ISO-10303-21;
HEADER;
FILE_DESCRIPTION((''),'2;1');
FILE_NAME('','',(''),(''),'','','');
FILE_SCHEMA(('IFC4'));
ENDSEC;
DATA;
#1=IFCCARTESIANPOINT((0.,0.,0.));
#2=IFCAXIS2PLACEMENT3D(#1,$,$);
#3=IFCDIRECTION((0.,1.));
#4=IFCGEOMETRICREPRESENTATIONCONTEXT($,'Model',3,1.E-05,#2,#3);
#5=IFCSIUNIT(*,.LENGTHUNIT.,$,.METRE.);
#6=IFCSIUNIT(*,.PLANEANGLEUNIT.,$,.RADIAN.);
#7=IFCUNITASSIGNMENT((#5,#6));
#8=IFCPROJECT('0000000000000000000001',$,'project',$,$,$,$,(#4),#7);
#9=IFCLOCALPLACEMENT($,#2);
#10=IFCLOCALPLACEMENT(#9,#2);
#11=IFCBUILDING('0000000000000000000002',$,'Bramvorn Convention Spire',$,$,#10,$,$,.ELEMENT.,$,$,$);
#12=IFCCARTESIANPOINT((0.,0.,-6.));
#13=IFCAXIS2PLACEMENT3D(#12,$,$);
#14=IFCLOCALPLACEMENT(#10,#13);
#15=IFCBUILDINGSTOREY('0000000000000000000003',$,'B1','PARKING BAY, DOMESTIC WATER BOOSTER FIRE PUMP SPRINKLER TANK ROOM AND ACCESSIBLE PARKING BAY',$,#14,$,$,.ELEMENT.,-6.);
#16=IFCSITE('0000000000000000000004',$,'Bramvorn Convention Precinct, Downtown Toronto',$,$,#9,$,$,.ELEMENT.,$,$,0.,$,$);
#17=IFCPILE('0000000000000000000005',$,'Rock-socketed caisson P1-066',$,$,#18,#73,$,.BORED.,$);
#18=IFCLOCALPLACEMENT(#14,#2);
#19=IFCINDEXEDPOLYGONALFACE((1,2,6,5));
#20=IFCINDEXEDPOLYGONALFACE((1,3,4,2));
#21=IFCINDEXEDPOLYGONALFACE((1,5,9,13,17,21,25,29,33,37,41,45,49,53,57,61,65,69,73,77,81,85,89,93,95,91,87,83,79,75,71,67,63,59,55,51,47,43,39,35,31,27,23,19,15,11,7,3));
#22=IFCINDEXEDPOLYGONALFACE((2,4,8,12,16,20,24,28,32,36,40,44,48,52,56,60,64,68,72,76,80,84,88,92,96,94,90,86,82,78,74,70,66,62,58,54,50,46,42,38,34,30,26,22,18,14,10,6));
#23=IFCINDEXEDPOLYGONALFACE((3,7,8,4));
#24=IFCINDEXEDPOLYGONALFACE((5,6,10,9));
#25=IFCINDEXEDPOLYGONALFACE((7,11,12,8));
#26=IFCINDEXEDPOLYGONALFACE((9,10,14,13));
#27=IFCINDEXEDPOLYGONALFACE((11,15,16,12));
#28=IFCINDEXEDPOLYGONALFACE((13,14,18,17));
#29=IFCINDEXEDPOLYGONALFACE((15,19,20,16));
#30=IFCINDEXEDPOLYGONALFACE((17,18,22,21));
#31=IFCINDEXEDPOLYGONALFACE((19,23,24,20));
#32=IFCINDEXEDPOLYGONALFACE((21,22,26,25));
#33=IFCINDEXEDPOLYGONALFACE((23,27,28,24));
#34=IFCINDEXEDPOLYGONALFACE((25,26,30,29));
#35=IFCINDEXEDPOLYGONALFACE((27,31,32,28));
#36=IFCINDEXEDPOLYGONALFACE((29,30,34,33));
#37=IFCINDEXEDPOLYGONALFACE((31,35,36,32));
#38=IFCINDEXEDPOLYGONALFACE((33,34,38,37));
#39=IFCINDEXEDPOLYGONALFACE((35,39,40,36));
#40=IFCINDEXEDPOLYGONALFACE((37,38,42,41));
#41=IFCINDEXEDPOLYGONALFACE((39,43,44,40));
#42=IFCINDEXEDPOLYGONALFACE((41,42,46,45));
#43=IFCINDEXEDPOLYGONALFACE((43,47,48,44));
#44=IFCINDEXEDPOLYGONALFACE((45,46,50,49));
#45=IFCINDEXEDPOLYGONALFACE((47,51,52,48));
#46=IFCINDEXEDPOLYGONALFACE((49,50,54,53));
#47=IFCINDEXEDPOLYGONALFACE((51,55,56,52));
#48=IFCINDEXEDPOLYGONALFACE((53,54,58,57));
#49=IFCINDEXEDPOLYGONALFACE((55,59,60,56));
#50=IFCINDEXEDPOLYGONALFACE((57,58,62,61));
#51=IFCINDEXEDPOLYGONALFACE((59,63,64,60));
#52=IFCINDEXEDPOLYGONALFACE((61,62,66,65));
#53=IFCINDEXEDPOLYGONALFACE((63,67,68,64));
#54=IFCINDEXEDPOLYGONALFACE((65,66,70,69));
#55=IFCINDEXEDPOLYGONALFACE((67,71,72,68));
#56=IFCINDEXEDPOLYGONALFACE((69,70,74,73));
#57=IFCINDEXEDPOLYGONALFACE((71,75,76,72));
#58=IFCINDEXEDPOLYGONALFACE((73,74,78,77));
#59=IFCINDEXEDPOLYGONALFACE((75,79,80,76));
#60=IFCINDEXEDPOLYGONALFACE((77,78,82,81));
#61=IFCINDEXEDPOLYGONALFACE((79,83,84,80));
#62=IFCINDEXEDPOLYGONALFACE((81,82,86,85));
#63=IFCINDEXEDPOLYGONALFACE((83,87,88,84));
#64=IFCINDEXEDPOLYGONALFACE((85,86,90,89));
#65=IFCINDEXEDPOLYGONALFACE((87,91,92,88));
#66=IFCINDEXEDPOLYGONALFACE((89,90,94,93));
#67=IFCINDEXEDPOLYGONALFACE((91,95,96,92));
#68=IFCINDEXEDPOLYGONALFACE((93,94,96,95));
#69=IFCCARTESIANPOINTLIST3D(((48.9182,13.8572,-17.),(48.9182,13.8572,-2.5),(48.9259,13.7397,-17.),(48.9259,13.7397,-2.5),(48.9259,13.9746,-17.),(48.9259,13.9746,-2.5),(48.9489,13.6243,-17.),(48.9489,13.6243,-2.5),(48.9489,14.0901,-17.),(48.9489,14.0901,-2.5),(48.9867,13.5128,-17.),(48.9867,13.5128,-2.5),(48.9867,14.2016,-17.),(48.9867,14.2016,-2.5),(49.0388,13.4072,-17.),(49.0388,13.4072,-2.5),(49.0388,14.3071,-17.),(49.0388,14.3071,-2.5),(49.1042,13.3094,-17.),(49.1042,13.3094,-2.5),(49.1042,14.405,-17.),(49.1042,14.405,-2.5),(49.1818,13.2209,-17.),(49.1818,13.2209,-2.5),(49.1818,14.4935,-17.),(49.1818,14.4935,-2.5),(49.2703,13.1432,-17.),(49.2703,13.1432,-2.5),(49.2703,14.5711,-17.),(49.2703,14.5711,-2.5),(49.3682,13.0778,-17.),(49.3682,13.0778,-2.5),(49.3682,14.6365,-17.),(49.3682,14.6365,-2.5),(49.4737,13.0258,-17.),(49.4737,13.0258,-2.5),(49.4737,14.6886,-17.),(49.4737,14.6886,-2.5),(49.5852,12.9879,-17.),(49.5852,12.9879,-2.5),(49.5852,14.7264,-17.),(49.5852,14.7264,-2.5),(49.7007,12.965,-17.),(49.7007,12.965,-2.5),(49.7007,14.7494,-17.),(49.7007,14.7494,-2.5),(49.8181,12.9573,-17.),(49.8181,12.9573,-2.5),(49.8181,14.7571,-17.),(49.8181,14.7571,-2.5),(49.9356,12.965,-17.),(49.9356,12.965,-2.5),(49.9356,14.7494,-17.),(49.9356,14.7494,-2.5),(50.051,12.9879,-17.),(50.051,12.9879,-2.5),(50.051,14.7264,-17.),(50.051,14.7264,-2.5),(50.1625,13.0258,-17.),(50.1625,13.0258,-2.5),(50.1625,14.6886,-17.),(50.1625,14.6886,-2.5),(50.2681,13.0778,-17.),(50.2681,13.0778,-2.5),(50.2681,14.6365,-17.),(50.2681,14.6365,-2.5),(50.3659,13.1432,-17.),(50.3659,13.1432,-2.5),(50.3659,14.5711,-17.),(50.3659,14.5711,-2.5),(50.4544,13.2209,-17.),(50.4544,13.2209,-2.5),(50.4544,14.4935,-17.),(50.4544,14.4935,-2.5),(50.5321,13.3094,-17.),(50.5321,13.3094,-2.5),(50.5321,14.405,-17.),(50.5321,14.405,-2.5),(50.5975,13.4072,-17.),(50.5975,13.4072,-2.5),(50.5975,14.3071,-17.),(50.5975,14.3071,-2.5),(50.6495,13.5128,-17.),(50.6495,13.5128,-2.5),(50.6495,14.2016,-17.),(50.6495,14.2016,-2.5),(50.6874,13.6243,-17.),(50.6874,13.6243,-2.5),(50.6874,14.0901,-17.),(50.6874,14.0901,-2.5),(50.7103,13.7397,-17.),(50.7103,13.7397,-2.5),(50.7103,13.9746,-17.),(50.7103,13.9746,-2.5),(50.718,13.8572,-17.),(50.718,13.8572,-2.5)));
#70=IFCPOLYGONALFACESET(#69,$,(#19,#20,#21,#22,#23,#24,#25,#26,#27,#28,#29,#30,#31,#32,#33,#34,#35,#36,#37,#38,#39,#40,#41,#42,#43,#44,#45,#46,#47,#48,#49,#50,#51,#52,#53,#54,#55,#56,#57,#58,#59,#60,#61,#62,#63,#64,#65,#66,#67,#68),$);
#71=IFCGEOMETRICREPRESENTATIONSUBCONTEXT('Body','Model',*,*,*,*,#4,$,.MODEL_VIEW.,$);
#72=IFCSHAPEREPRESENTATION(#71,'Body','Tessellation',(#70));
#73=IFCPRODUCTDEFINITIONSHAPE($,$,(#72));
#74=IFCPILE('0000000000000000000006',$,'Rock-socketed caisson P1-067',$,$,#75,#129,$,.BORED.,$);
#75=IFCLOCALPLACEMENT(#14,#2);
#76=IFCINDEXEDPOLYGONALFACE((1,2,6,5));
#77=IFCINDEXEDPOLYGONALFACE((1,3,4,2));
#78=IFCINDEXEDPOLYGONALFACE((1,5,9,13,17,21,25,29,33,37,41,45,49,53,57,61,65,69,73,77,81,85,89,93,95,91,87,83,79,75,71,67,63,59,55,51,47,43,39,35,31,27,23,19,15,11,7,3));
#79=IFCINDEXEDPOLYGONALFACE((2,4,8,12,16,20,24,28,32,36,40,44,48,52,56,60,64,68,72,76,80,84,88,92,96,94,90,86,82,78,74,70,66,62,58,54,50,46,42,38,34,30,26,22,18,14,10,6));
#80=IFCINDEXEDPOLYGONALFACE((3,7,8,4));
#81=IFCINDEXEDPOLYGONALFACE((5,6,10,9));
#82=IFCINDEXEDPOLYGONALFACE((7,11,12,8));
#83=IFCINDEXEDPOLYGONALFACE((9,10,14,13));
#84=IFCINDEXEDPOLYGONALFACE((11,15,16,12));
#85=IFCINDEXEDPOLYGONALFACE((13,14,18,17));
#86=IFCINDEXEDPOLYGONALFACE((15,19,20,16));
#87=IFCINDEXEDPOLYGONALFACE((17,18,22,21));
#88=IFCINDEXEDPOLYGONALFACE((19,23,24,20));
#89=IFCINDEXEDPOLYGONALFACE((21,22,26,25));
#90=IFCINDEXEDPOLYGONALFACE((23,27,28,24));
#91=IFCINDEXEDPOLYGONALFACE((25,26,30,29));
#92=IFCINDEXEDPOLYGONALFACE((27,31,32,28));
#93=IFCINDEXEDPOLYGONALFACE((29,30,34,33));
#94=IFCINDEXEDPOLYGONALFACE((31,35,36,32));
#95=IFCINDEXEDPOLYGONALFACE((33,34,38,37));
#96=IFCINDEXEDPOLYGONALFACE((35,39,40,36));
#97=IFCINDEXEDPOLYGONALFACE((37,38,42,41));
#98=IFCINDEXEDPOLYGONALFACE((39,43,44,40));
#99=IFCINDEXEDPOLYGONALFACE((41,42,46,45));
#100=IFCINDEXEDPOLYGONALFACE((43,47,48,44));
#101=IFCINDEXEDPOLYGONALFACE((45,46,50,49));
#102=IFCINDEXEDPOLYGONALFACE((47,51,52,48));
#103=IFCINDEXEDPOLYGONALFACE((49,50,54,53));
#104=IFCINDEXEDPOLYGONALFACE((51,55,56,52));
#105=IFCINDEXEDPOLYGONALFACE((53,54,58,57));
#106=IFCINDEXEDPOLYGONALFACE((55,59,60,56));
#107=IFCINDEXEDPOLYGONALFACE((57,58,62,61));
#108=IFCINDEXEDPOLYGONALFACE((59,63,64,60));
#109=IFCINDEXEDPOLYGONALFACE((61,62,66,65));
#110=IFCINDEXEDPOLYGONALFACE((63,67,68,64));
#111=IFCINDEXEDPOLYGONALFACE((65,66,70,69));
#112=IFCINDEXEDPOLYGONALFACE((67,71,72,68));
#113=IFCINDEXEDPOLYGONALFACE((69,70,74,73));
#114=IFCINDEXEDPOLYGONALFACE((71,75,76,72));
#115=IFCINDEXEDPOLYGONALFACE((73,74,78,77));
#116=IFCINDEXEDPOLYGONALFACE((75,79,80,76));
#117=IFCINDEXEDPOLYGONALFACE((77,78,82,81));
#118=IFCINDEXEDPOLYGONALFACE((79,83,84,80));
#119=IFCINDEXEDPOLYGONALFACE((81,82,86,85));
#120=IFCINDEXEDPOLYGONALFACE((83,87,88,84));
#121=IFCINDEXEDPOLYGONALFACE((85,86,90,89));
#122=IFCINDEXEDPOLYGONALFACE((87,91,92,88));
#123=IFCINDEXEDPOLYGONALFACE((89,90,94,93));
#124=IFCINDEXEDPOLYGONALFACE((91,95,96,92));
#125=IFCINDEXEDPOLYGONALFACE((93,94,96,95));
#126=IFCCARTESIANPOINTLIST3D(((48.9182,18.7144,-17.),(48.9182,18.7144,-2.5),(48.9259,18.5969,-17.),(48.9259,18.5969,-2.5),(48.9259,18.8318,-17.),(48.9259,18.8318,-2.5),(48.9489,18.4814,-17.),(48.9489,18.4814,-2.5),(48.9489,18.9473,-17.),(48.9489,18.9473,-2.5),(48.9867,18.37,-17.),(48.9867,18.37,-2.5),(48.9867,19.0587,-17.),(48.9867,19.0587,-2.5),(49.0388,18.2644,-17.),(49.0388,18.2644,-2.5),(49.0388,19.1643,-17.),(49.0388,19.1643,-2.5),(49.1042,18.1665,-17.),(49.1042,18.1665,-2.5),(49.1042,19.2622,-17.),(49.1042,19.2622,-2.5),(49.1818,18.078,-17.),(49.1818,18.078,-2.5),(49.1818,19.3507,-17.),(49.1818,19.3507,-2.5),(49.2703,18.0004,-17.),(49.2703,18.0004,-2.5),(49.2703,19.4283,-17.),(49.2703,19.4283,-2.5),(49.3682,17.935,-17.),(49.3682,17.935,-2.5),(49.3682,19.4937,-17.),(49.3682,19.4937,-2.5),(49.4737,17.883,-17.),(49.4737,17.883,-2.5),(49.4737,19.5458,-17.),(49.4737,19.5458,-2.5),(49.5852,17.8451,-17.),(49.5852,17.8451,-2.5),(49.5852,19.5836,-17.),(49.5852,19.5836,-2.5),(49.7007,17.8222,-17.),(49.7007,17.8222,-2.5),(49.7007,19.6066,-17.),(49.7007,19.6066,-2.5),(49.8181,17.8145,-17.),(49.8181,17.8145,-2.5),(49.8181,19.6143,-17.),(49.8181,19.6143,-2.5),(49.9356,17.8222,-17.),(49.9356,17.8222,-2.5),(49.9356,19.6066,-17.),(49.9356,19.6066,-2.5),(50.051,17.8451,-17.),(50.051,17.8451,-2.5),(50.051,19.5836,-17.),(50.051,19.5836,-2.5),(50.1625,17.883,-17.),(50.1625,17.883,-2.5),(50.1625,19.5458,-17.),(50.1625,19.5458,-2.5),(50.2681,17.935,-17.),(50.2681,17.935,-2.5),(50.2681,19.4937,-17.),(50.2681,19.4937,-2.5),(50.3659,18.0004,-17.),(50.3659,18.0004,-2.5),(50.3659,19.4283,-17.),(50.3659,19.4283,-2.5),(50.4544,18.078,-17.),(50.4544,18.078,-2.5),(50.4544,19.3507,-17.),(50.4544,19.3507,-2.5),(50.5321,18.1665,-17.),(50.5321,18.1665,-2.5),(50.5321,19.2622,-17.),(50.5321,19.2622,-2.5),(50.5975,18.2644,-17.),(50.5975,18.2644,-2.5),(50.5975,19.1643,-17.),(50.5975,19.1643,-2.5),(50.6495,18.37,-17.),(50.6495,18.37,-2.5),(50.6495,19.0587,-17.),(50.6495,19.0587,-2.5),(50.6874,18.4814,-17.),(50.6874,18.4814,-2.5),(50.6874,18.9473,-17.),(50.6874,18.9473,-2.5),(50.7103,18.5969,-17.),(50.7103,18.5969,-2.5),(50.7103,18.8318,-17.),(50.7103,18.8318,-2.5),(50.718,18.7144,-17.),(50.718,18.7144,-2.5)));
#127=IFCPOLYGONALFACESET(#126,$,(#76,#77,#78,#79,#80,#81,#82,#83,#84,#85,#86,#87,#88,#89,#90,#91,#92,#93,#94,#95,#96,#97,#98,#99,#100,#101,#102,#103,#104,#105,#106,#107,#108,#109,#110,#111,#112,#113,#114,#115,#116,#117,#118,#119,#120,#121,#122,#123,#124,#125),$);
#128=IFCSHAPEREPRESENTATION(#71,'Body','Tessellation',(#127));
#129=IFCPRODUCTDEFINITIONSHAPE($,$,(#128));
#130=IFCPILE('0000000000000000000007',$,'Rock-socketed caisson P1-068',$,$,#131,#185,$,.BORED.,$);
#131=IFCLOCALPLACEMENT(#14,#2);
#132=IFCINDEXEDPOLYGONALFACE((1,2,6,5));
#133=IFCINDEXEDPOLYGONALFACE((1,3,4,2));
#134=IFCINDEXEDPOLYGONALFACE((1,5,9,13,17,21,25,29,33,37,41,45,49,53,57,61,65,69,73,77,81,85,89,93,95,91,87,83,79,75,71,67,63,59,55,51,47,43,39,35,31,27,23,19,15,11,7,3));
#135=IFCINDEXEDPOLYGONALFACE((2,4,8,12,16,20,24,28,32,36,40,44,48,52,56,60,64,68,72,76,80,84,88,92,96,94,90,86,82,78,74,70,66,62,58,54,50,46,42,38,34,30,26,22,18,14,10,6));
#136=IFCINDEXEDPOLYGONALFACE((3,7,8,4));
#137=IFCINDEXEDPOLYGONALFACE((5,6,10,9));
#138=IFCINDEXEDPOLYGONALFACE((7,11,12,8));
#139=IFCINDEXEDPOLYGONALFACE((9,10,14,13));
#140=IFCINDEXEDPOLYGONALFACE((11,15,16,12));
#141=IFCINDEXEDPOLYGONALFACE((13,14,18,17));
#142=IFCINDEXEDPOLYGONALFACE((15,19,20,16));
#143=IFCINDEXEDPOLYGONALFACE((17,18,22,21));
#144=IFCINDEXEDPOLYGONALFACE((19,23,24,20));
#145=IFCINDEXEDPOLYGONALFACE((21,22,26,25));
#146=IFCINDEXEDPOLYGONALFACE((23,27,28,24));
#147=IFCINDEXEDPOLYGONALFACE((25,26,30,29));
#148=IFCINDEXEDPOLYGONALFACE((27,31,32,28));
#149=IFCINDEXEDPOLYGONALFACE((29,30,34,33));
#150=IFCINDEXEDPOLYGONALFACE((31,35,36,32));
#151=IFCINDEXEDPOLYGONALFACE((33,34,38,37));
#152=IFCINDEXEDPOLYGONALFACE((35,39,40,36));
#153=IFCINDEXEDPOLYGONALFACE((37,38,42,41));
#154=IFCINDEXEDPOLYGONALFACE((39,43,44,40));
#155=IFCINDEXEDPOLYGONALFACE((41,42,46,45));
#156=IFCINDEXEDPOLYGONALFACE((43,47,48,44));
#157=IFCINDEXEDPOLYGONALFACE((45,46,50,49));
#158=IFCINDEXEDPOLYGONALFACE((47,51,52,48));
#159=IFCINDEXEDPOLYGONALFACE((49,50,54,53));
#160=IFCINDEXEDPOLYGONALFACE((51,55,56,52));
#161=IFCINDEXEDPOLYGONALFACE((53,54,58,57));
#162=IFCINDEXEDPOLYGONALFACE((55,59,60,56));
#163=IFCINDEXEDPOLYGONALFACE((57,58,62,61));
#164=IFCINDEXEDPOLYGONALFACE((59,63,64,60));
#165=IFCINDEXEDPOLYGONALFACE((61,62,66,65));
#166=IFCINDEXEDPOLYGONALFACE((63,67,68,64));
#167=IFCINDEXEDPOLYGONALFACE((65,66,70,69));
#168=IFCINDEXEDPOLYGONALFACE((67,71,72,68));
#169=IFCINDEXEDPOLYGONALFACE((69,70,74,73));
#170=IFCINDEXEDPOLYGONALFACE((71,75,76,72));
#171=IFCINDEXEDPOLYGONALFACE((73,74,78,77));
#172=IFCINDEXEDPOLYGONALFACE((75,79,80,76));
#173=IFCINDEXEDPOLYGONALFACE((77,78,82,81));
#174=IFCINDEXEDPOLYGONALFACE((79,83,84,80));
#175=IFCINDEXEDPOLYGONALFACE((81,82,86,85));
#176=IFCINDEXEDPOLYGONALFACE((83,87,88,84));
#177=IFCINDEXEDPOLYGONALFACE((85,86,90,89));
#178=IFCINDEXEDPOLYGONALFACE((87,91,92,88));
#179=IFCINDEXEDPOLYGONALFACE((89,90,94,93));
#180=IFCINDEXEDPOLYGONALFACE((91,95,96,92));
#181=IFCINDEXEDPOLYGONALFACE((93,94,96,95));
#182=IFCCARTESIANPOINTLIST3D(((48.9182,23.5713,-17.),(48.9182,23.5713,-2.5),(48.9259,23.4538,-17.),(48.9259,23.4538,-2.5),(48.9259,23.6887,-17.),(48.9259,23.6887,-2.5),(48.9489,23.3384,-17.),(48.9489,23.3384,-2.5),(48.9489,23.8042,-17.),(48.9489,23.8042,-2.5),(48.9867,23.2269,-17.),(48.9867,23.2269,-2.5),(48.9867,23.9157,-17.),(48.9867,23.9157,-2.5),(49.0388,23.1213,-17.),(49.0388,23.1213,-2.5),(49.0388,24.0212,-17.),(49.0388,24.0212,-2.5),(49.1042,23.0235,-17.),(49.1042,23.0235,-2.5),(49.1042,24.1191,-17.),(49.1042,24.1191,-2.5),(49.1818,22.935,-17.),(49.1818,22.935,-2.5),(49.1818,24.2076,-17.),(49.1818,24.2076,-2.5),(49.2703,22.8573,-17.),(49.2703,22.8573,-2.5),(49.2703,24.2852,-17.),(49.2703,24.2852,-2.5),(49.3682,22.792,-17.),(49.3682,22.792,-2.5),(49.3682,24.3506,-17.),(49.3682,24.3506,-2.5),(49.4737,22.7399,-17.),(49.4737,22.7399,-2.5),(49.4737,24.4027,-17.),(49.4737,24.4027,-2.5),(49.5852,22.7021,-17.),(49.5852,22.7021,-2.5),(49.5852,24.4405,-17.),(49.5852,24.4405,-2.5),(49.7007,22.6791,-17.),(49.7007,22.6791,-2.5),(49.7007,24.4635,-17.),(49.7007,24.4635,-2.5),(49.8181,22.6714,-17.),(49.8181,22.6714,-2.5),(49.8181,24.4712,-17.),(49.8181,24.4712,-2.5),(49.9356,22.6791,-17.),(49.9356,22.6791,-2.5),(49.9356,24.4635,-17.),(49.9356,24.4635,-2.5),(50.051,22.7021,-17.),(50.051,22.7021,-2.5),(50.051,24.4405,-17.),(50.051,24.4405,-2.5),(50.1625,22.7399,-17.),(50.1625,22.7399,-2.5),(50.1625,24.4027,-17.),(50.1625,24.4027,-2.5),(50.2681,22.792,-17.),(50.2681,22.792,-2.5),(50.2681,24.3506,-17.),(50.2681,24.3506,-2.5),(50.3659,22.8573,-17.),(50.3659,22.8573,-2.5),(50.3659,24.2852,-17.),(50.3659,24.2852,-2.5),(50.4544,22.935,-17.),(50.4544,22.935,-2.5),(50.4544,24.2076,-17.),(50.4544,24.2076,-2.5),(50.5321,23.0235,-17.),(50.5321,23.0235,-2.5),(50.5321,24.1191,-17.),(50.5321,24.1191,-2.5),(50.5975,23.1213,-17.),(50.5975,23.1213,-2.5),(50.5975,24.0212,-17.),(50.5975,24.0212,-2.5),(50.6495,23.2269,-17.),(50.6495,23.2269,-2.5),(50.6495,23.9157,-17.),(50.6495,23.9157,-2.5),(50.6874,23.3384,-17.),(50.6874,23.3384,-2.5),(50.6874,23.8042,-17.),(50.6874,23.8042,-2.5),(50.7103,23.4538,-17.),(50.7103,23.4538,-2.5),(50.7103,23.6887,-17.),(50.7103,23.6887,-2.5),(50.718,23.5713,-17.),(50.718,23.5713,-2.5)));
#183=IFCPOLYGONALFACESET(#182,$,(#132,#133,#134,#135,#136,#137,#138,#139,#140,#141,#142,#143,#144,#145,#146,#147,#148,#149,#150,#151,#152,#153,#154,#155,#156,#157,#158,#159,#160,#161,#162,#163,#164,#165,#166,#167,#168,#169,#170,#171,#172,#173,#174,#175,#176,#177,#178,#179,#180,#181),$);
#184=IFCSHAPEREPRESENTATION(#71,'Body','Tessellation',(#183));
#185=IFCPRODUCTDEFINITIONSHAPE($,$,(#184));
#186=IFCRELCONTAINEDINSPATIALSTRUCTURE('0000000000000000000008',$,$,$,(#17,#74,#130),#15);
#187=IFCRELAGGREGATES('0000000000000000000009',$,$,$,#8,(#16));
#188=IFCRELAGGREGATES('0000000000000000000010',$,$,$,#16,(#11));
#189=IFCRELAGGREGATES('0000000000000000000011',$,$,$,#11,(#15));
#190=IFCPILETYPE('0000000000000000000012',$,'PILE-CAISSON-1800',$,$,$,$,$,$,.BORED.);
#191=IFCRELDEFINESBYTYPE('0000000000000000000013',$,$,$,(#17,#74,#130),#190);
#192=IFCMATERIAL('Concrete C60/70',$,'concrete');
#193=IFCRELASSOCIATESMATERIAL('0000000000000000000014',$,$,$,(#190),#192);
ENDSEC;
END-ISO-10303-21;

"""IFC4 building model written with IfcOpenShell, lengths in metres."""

from ifc_helpers import new_model, si_unit, direction, frame, origin, origin_2d, place, context, subcontext, project, spatial, circle, extrude, material, material_profile, profile_set, type_object, element, save


model = new_model("IFC4")

# Units and contexts
model_context = context("Model", 3, precision=1e-05, world=origin(), true_north=direction((0.0, 1.0)))
body_context = subcontext(model_context, "Body", "Model", "MODEL_VIEW")
ifc_project = project(units=[si_unit("LENGTHUNIT", "METRE"), si_unit("PLANEANGLEUNIT", "RADIAN")], contexts=[model_context])

# Site, building, storey
site_placement = place(None, origin())
site = spatial("IfcSite", under=ifc_project, at=site_placement, Name="Bramvorn Convention Precinct, Downtown Toronto", CompositionType="ELEMENT", RefElevation=0.0)
building_placement = place(site_placement, origin())
building = spatial("IfcBuilding", under=site, at=building_placement, Name="Bramvorn Convention Spire", CompositionType="ELEMENT")
storey_placement = place(building_placement, frame((0.0, 0.0, -6.0)))
storey = spatial("IfcBuildingStorey", under=building, at=storey_placement, Name="B1", Description="PARKING BAY, DOMESTIC WATER BOOSTER FIRE PUMP SPRINKLER TANK ROOM AND ACCESSIBLE PARKING BAY", CompositionType="ELEMENT", Elevation=-6.0)

# Shared definitions
ifc_material_1 = material(Name="Concrete C60/70", Category="concrete")

# Piles
ifc_material_profile_1 = material_profile(ifc_material_1, circle(Radius=0.8999, at=origin_2d()))
ifc_profile_set_1 = profile_set([ifc_material_profile_1], Name="Concrete C60/70 - CAISSON1800")
pile_type_1 = type_object("IfcPileType", Name="PILE-CAISSON-1800", PredefinedType="BORED", material=ifc_profile_set_1)
for number, where, z_axis, x_axis, name in (
    (1, (49.8181, 13.8572, -2.5), (0.0, 0.0, -1.0), (1.0, 0.0, 0.0), "Rock-socketed caisson P1-066"),
    (2, (49.8181, 18.7144, -2.5), (0.0, 0.0, -1.0), (1.0, 0.0, 0.0), "Rock-socketed caisson P1-067"),
    (3, (49.8181, 23.5713, -2.5), (0.0, 0.0, -1.0), (1.0, 0.0, 0.0), "Rock-socketed caisson P1-068"),
):
    element("IfcPile", number, at=place(storey_placement, frame(where, z_axis=z_axis, x_axis=x_axis)), inside=storey, type_object=pile_type_1, Name=name, PredefinedType="BORED", context=body_context, shape_type="SweptSolid", body=[
        extrude(circle(Radius=0.8999, at=origin_2d()), origin(), (0.0, 0.0, 1.0), 14.5),
    ])

save(model, "model.ifc")
